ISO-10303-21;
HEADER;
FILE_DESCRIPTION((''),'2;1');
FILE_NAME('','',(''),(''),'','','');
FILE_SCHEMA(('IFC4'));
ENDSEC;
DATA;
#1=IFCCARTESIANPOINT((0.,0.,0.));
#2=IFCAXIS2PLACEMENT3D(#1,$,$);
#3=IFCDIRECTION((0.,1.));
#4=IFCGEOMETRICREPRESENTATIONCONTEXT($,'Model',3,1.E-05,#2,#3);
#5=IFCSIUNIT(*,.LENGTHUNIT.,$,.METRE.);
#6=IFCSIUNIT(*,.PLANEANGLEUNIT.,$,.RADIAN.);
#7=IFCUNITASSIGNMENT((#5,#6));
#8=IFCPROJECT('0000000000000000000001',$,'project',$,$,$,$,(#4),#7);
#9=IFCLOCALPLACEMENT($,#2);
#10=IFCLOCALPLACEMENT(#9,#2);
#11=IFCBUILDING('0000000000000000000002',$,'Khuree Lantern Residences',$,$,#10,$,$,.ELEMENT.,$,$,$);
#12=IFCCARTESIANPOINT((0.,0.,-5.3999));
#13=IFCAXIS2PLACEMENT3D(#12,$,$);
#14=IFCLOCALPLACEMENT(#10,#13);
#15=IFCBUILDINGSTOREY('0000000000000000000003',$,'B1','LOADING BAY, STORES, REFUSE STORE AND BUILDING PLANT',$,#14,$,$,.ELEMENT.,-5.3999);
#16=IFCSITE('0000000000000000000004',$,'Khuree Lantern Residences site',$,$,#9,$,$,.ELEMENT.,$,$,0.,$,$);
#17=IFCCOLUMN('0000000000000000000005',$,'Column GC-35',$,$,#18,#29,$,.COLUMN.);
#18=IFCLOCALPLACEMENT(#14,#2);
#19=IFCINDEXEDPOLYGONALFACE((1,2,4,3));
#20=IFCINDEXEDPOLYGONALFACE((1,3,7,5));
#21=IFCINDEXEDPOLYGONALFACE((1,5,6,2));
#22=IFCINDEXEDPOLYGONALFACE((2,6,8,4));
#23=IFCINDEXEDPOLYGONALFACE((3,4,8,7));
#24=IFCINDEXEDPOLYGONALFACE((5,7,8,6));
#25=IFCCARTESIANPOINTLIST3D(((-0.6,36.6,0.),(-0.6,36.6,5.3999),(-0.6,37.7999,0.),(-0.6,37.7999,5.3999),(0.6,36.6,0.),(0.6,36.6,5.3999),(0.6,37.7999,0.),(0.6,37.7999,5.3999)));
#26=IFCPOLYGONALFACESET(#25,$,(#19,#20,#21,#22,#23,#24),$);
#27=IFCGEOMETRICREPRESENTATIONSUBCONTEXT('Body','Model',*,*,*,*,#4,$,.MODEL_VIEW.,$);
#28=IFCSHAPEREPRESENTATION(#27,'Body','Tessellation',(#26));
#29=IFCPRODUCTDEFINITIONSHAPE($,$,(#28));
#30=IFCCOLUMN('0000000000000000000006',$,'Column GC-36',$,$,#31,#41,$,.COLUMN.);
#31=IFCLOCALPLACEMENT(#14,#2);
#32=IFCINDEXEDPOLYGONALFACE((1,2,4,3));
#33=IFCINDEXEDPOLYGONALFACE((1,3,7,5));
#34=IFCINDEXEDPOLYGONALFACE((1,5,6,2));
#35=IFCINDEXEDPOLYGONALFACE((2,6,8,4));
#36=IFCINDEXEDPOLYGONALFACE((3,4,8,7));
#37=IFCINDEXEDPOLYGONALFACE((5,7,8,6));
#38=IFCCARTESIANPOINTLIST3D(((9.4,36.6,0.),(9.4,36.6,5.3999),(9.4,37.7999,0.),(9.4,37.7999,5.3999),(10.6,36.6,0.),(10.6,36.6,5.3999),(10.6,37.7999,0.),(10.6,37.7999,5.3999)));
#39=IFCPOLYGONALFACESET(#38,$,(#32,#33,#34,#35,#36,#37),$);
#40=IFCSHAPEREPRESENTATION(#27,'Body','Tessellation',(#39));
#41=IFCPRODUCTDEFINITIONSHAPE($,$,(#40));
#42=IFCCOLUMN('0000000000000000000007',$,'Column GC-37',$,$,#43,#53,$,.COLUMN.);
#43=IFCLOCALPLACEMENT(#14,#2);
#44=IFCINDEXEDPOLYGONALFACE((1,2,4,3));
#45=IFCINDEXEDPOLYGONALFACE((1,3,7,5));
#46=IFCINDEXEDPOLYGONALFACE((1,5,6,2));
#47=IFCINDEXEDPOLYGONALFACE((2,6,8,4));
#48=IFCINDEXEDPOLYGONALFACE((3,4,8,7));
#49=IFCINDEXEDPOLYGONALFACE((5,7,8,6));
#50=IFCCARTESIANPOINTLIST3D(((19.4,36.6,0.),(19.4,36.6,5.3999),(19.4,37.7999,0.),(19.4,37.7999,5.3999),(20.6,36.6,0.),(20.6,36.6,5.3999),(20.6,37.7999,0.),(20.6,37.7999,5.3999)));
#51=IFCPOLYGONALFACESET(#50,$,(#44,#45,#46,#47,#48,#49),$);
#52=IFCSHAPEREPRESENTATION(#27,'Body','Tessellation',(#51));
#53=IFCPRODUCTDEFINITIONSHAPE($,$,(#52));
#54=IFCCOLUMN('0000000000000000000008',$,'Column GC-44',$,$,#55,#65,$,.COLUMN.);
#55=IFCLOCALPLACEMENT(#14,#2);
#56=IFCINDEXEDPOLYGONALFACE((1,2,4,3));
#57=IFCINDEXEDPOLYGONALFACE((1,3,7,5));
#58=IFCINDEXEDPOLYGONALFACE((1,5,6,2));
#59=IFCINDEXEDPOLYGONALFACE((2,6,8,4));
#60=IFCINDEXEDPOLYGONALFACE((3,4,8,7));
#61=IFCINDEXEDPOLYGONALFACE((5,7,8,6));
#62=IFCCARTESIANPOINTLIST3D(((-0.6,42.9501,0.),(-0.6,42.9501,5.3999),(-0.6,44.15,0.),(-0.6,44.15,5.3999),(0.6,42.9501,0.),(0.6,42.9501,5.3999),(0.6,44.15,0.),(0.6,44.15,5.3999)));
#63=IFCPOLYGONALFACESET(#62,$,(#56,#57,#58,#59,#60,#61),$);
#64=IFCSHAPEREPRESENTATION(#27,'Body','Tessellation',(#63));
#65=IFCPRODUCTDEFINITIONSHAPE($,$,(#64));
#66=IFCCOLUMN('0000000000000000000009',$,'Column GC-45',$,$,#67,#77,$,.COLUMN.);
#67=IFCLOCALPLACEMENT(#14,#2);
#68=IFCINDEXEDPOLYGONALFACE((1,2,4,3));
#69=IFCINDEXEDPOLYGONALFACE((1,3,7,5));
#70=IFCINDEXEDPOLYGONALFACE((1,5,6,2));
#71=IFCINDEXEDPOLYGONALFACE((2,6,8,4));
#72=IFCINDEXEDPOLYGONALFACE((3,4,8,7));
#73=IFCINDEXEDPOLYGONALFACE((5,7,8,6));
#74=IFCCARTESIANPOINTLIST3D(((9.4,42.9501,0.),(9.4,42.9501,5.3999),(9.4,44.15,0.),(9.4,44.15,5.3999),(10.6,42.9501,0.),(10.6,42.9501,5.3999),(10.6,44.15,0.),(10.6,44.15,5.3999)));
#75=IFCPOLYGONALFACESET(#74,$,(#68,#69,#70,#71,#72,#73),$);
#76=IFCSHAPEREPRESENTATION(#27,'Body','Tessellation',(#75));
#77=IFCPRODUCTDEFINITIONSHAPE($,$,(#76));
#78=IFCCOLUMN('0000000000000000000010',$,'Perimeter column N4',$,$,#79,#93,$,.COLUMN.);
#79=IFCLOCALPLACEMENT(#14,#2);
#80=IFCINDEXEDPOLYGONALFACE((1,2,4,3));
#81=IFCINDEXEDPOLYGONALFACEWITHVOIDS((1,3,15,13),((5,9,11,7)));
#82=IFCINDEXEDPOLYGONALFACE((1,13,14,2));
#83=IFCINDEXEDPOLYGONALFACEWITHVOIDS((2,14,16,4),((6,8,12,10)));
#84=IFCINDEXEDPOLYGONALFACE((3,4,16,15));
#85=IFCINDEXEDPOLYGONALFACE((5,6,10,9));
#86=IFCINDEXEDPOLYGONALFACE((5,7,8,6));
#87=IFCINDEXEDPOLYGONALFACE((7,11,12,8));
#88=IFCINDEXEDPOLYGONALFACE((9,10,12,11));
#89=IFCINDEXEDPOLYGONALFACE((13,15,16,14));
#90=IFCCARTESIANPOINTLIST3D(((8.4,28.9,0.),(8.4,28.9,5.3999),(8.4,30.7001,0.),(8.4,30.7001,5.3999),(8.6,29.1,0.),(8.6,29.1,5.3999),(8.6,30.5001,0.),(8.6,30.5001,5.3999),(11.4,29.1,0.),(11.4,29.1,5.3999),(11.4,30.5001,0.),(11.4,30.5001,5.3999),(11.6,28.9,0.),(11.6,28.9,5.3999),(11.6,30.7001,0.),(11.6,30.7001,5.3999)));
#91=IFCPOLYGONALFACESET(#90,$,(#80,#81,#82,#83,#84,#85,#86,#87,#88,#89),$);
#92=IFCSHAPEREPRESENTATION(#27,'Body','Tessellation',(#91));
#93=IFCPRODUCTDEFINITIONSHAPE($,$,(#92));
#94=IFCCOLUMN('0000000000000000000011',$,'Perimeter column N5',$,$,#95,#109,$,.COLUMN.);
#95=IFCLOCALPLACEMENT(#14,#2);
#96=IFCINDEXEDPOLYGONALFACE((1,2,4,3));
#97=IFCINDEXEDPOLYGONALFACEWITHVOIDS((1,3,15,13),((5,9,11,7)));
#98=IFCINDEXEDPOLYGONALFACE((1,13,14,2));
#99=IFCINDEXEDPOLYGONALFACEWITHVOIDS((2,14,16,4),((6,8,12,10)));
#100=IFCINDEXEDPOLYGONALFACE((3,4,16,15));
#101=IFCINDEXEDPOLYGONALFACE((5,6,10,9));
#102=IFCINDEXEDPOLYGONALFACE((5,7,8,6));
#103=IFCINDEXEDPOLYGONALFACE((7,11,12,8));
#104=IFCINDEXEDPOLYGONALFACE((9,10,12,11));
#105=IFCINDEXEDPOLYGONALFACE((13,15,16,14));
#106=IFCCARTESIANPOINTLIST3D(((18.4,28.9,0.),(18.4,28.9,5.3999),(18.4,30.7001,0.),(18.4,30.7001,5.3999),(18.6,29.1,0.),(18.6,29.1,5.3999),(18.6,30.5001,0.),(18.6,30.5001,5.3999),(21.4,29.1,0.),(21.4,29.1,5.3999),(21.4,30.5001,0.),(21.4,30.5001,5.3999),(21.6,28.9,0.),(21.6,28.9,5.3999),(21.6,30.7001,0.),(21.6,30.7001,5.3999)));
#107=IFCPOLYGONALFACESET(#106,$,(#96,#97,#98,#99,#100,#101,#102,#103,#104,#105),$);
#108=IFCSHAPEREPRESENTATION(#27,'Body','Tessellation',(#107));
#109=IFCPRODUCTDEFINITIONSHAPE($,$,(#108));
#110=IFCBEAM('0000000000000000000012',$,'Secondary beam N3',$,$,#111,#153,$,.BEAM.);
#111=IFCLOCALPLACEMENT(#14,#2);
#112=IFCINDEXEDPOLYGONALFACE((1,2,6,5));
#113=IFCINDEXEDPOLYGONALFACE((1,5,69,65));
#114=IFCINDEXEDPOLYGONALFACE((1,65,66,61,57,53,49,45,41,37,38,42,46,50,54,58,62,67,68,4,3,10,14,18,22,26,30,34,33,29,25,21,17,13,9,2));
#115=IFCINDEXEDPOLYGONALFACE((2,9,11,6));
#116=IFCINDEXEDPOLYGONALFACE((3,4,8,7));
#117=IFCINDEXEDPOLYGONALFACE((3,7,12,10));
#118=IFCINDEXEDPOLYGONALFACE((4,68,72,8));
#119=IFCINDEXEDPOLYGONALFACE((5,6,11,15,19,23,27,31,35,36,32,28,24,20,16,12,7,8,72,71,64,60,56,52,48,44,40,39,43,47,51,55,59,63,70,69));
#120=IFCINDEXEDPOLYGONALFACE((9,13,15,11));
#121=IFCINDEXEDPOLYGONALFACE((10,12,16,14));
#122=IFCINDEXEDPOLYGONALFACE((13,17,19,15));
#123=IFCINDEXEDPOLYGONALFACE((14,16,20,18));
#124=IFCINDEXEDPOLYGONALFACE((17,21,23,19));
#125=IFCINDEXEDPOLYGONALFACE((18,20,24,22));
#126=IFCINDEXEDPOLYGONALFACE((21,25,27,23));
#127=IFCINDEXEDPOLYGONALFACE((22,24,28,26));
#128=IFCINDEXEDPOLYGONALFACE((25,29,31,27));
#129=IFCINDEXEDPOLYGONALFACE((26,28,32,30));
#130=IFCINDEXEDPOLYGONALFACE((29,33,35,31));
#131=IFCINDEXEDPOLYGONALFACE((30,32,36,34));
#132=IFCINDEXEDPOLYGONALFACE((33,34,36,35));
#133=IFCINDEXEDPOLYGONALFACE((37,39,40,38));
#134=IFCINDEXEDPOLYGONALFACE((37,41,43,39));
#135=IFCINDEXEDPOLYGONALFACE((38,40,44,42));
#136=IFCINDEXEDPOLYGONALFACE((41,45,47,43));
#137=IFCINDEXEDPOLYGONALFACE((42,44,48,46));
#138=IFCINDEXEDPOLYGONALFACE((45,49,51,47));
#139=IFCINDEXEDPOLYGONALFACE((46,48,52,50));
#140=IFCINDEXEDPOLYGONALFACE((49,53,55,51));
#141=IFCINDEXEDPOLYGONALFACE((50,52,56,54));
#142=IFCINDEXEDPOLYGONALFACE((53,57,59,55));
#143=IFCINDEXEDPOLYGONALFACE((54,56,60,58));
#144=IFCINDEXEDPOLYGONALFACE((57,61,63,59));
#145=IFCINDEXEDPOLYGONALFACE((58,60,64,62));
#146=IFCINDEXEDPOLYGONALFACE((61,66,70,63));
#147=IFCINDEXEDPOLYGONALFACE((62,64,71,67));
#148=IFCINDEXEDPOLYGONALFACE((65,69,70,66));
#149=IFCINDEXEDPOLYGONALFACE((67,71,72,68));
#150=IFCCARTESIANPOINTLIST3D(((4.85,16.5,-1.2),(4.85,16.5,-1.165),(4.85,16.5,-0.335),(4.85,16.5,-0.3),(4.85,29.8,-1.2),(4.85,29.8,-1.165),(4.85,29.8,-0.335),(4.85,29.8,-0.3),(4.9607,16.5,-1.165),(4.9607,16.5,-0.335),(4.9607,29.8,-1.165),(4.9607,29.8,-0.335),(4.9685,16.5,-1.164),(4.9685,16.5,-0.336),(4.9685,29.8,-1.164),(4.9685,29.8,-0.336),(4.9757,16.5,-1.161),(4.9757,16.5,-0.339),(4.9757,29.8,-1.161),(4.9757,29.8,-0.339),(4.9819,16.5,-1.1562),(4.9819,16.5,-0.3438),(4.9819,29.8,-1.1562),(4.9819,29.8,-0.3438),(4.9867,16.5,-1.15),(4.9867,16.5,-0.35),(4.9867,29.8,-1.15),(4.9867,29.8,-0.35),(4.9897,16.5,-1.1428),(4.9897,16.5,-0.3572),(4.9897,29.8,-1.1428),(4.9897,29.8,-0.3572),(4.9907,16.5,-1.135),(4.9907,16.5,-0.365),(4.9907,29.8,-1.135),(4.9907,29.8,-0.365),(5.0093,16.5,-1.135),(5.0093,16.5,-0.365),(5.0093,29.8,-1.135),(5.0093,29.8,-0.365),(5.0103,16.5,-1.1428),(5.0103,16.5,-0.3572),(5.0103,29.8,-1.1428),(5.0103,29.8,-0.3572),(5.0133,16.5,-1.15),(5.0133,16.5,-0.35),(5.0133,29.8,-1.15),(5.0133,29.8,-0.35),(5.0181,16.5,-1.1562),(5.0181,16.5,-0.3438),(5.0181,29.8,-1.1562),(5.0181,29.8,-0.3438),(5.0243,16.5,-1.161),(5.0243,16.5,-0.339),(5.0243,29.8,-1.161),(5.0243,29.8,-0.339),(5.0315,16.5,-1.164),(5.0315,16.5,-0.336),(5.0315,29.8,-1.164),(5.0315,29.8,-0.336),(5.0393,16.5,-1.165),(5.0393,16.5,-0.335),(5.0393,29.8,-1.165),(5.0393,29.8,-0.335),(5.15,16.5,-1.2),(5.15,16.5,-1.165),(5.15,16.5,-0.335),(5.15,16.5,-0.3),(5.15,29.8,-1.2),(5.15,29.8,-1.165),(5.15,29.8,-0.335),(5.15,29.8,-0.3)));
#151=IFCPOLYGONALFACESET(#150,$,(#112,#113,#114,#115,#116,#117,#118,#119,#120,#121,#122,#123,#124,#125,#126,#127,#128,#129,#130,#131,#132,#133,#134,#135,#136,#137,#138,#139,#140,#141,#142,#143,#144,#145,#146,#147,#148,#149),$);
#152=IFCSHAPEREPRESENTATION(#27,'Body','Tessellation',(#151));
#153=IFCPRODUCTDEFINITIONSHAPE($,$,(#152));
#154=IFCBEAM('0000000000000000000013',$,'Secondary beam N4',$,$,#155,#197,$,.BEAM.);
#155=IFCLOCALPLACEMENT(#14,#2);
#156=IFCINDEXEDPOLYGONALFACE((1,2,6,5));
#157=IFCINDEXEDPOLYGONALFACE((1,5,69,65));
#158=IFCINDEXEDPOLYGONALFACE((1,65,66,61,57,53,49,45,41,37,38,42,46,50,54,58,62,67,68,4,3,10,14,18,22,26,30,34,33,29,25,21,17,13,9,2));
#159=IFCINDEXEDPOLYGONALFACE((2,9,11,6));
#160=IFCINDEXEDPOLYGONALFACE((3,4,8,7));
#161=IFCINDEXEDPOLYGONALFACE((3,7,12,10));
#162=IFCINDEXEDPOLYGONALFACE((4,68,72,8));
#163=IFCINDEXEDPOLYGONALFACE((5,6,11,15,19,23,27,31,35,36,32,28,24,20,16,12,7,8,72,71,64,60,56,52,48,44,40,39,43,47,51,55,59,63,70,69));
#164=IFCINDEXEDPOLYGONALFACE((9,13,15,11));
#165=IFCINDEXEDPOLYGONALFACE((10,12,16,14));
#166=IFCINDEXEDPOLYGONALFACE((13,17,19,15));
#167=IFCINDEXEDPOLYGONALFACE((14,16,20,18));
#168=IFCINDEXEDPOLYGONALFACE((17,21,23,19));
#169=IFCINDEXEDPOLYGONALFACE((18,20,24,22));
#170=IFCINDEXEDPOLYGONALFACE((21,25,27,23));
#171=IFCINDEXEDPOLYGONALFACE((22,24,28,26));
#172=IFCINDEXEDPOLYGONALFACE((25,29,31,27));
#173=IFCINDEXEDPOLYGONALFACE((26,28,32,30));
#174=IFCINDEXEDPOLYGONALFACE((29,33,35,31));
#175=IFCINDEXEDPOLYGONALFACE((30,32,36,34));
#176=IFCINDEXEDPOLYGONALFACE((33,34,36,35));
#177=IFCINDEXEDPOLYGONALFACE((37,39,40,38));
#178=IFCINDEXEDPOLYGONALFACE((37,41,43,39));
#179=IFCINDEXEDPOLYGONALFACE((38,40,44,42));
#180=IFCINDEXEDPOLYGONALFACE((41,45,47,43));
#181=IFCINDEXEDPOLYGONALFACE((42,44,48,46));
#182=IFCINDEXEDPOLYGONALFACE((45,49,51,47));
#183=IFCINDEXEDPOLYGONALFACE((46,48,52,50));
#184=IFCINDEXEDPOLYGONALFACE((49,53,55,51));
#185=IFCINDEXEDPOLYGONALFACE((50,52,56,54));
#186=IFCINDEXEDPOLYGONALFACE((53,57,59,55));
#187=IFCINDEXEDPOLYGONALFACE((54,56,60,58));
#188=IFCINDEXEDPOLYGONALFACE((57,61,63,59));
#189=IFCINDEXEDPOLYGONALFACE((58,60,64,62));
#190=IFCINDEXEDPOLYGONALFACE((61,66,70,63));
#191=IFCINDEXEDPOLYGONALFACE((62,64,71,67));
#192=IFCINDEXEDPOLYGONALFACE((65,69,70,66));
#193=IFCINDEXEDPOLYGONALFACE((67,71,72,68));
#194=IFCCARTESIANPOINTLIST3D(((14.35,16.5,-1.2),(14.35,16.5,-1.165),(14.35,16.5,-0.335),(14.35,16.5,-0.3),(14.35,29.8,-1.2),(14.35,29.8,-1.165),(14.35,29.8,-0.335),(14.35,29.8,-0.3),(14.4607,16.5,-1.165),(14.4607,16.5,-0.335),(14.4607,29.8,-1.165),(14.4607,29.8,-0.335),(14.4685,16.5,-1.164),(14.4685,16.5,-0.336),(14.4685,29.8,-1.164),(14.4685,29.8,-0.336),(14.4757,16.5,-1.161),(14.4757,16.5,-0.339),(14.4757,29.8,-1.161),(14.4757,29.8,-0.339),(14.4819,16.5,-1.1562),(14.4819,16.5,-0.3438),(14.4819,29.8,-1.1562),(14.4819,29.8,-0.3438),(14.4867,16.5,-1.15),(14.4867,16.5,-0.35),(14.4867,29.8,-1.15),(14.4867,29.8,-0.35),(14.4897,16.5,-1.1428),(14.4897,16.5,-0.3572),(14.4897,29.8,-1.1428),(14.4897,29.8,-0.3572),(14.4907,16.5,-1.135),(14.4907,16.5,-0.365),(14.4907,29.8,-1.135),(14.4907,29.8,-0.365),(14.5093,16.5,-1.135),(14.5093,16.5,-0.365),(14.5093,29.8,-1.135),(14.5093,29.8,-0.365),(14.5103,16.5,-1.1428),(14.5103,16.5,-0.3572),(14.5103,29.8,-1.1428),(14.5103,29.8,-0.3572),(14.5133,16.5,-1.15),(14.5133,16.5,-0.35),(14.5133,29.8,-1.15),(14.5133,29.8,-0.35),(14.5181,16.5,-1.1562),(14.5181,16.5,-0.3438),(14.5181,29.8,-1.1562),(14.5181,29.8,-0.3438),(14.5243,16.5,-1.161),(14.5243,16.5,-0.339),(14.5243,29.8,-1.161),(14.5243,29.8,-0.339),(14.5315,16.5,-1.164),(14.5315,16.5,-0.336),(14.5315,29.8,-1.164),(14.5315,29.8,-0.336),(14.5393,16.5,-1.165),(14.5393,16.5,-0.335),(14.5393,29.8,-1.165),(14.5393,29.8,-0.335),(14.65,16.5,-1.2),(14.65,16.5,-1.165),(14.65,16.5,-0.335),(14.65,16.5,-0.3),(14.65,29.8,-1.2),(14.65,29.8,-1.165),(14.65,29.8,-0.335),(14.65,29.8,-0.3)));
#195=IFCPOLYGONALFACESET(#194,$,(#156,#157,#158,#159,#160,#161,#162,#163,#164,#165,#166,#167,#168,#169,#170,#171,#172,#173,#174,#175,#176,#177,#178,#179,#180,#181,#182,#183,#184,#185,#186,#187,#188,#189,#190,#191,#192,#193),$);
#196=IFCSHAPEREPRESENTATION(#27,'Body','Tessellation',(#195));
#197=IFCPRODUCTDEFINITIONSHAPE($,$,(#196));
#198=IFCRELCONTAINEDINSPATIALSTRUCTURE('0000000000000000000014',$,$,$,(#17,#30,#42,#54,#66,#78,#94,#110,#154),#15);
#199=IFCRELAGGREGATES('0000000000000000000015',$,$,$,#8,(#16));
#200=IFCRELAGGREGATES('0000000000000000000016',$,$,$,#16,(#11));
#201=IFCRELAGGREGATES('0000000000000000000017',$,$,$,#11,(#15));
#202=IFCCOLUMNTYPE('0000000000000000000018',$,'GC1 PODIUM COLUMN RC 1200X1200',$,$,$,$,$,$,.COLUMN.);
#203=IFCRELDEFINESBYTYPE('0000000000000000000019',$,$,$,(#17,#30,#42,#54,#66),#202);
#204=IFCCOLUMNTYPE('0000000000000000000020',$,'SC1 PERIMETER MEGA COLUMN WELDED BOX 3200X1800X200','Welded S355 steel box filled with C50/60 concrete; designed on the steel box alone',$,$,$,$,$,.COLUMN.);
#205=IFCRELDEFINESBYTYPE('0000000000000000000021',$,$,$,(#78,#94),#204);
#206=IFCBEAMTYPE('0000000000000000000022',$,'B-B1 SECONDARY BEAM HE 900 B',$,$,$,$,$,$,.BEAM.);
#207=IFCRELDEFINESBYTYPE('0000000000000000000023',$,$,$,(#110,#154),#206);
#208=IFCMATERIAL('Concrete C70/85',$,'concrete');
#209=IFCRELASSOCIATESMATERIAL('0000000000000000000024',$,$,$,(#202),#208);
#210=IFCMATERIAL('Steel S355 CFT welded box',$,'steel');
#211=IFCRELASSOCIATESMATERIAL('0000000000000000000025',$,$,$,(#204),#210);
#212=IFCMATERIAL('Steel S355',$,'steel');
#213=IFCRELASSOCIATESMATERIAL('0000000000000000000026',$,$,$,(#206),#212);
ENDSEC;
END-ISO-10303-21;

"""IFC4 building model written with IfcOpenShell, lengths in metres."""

from ifc_helpers import new_model, si_unit, direction, frame, origin, origin_2d, place, context, subcontext, project, spatial, rectangle, hollow_rectangle, i_section, extrude, material, material_profile, profile_set, type_object, element, save


model = new_model("IFC4")

# Units and contexts
model_context = context("Model", 3, precision=1e-05, world=origin(), true_north=direction((0.0, 1.0)))
body_context = subcontext(model_context, "Body", "Model", "MODEL_VIEW")
ifc_project = project(units=[si_unit("LENGTHUNIT", "METRE"), si_unit("PLANEANGLEUNIT", "RADIAN")], contexts=[model_context])

# Site, building, storey
site_placement = place(None, origin())
site = spatial("IfcSite", under=ifc_project, at=site_placement, Name="Khuree Lantern Residences site", CompositionType="ELEMENT", RefElevation=0.0)
building_placement = place(site_placement, origin())
building = spatial("IfcBuilding", under=site, at=building_placement, Name="Khuree Lantern Residences", CompositionType="ELEMENT")
storey_placement = place(building_placement, frame((0.0, 0.0, -5.3999)))
storey = spatial("IfcBuildingStorey", under=building, at=storey_placement, Name="B1", Description="LOADING BAY, STORES, REFUSE STORE AND BUILDING PLANT", CompositionType="ELEMENT", Elevation=-5.3999)

# Columns
ifc_material_1 = material(Name="Concrete C70/85", Category="concrete")
ifc_material_profile_1 = material_profile(ifc_material_1, rectangle(XDim=1.2, YDim=1.2, at=origin_2d()), Name="RC 1200X1200")
ifc_profile_set_1 = profile_set([ifc_material_profile_1], Name="Concrete C70/85")
column_type_1 = type_object("IfcColumnType", Name="GC1 PODIUM COLUMN RC 1200X1200", PredefinedType="COLUMN", material=ifc_profile_set_1)
for number, where, z_axis, x_axis, name in (
    (1, (0.0, 37.2, 0.0), (0.0, 0.0, 1.0), (1.0, 0.0, 0.0), "Column GC-35"),
    (2, (10.0, 37.2, 0.0), (0.0, 0.0, 1.0), (1.0, 0.0, 0.0), "Column GC-36"),
    (3, (20.0, 37.2, 0.0), (0.0, 0.0, 1.0), (1.0, 0.0, 0.0), "Column GC-37"),
    (4, (0.0, 43.55, 0.0), (0.0, 0.0, 1.0), (1.0, 0.0, 0.0), "Column GC-44"),
    (5, (10.0, 43.55, 0.0), (0.0, 0.0, 1.0), (1.0, 0.0, 0.0), "Column GC-45"),
):
    element("IfcColumn", number, at=place(storey_placement, frame(where, z_axis=z_axis, x_axis=x_axis)), inside=storey, type_object=column_type_1, Name=name, PredefinedType="COLUMN", context=body_context, shape_type="SweptSolid", body=[
        extrude(rectangle(XDim=1.2, YDim=1.2, at=origin_2d()), origin(), (0.0, 0.0, 1.0), 5.3999),
    ])
ifc_material_2 = material(Name="Steel S355 CFT welded box", Category="steel")
ifc_material_profile_2 = material_profile(ifc_material_2, hollow_rectangle(XDim=3.2, YDim=1.8, WallThickness=0.2, at=origin_2d()), Name="WELDED BOX 3200X1800X200")
ifc_profile_set_2 = profile_set([ifc_material_profile_2], Name="Steel S355 CFT welded box")
column_type_2 = type_object("IfcColumnType", Name="SC1 PERIMETER MEGA COLUMN WELDED BOX 3200X1800X200", Description="Welded S355 steel box filled with C50/60 concrete; designed on the steel box alone", PredefinedType="COLUMN", material=ifc_profile_set_2)
for number, where, z_axis, x_axis, name in (
    (6, (10.0, 29.8, 0.0), (0.0, 0.0, 1.0), (1.0, 0.0, 0.0), "Perimeter column N4"),
    (7, (20.0, 29.8, 0.0), (0.0, 0.0, 1.0), (1.0, 0.0, 0.0), "Perimeter column N5"),
):
    element("IfcColumn", number, at=place(storey_placement, frame(where, z_axis=z_axis, x_axis=x_axis)), inside=storey, type_object=column_type_2, Name=name, PredefinedType="COLUMN", context=body_context, shape_type="SweptSolid", body=[
        extrude(hollow_rectangle(XDim=3.2, YDim=1.8, WallThickness=0.2, at=origin_2d()), origin(), (0.0, 0.0, 1.0), 5.3999),
    ])

# Beams
ifc_material_3 = material(Name="Steel S355", Category="steel")
ifc_material_profile_3 = material_profile(ifc_material_3, i_section(OverallWidth=0.3, OverallDepth=0.8999, WebThickness=0.0186, FlangeThickness=0.0349, FilletRadius=0.03, at=origin_2d()), Name="HE 900 B")
ifc_profile_set_3 = profile_set([ifc_material_profile_3], Name="Steel S355")
beam_type_1 = type_object("IfcBeamType", Name="B-B1 SECONDARY BEAM HE 900 B", PredefinedType="BEAM", material=ifc_profile_set_3)
for number, where, z_axis, x_axis, name in (
    (8, (5.0, 29.8, -0.75), (0.0, -1.0, 0.0), (1.0, 0.0, 0.0), "Secondary beam N3"),
    (9, (14.5, 29.8, -0.75), (0.0, -1.0, 0.0), (1.0, 0.0, 0.0), "Secondary beam N4"),
):
    element("IfcBeam", number, at=place(storey_placement, frame(where, z_axis=z_axis, x_axis=x_axis)), inside=storey, type_object=beam_type_1, Name=name, PredefinedType="BEAM", context=body_context, shape_type="SweptSolid", body=[
        extrude(i_section(OverallWidth=0.3, OverallDepth=0.8999, WebThickness=0.0186, FlangeThickness=0.0349, FilletRadius=0.03, at=origin_2d()), origin(), (0.0, 0.0, 1.0), 13.3),
    ])

save(model, "model.ifc")
